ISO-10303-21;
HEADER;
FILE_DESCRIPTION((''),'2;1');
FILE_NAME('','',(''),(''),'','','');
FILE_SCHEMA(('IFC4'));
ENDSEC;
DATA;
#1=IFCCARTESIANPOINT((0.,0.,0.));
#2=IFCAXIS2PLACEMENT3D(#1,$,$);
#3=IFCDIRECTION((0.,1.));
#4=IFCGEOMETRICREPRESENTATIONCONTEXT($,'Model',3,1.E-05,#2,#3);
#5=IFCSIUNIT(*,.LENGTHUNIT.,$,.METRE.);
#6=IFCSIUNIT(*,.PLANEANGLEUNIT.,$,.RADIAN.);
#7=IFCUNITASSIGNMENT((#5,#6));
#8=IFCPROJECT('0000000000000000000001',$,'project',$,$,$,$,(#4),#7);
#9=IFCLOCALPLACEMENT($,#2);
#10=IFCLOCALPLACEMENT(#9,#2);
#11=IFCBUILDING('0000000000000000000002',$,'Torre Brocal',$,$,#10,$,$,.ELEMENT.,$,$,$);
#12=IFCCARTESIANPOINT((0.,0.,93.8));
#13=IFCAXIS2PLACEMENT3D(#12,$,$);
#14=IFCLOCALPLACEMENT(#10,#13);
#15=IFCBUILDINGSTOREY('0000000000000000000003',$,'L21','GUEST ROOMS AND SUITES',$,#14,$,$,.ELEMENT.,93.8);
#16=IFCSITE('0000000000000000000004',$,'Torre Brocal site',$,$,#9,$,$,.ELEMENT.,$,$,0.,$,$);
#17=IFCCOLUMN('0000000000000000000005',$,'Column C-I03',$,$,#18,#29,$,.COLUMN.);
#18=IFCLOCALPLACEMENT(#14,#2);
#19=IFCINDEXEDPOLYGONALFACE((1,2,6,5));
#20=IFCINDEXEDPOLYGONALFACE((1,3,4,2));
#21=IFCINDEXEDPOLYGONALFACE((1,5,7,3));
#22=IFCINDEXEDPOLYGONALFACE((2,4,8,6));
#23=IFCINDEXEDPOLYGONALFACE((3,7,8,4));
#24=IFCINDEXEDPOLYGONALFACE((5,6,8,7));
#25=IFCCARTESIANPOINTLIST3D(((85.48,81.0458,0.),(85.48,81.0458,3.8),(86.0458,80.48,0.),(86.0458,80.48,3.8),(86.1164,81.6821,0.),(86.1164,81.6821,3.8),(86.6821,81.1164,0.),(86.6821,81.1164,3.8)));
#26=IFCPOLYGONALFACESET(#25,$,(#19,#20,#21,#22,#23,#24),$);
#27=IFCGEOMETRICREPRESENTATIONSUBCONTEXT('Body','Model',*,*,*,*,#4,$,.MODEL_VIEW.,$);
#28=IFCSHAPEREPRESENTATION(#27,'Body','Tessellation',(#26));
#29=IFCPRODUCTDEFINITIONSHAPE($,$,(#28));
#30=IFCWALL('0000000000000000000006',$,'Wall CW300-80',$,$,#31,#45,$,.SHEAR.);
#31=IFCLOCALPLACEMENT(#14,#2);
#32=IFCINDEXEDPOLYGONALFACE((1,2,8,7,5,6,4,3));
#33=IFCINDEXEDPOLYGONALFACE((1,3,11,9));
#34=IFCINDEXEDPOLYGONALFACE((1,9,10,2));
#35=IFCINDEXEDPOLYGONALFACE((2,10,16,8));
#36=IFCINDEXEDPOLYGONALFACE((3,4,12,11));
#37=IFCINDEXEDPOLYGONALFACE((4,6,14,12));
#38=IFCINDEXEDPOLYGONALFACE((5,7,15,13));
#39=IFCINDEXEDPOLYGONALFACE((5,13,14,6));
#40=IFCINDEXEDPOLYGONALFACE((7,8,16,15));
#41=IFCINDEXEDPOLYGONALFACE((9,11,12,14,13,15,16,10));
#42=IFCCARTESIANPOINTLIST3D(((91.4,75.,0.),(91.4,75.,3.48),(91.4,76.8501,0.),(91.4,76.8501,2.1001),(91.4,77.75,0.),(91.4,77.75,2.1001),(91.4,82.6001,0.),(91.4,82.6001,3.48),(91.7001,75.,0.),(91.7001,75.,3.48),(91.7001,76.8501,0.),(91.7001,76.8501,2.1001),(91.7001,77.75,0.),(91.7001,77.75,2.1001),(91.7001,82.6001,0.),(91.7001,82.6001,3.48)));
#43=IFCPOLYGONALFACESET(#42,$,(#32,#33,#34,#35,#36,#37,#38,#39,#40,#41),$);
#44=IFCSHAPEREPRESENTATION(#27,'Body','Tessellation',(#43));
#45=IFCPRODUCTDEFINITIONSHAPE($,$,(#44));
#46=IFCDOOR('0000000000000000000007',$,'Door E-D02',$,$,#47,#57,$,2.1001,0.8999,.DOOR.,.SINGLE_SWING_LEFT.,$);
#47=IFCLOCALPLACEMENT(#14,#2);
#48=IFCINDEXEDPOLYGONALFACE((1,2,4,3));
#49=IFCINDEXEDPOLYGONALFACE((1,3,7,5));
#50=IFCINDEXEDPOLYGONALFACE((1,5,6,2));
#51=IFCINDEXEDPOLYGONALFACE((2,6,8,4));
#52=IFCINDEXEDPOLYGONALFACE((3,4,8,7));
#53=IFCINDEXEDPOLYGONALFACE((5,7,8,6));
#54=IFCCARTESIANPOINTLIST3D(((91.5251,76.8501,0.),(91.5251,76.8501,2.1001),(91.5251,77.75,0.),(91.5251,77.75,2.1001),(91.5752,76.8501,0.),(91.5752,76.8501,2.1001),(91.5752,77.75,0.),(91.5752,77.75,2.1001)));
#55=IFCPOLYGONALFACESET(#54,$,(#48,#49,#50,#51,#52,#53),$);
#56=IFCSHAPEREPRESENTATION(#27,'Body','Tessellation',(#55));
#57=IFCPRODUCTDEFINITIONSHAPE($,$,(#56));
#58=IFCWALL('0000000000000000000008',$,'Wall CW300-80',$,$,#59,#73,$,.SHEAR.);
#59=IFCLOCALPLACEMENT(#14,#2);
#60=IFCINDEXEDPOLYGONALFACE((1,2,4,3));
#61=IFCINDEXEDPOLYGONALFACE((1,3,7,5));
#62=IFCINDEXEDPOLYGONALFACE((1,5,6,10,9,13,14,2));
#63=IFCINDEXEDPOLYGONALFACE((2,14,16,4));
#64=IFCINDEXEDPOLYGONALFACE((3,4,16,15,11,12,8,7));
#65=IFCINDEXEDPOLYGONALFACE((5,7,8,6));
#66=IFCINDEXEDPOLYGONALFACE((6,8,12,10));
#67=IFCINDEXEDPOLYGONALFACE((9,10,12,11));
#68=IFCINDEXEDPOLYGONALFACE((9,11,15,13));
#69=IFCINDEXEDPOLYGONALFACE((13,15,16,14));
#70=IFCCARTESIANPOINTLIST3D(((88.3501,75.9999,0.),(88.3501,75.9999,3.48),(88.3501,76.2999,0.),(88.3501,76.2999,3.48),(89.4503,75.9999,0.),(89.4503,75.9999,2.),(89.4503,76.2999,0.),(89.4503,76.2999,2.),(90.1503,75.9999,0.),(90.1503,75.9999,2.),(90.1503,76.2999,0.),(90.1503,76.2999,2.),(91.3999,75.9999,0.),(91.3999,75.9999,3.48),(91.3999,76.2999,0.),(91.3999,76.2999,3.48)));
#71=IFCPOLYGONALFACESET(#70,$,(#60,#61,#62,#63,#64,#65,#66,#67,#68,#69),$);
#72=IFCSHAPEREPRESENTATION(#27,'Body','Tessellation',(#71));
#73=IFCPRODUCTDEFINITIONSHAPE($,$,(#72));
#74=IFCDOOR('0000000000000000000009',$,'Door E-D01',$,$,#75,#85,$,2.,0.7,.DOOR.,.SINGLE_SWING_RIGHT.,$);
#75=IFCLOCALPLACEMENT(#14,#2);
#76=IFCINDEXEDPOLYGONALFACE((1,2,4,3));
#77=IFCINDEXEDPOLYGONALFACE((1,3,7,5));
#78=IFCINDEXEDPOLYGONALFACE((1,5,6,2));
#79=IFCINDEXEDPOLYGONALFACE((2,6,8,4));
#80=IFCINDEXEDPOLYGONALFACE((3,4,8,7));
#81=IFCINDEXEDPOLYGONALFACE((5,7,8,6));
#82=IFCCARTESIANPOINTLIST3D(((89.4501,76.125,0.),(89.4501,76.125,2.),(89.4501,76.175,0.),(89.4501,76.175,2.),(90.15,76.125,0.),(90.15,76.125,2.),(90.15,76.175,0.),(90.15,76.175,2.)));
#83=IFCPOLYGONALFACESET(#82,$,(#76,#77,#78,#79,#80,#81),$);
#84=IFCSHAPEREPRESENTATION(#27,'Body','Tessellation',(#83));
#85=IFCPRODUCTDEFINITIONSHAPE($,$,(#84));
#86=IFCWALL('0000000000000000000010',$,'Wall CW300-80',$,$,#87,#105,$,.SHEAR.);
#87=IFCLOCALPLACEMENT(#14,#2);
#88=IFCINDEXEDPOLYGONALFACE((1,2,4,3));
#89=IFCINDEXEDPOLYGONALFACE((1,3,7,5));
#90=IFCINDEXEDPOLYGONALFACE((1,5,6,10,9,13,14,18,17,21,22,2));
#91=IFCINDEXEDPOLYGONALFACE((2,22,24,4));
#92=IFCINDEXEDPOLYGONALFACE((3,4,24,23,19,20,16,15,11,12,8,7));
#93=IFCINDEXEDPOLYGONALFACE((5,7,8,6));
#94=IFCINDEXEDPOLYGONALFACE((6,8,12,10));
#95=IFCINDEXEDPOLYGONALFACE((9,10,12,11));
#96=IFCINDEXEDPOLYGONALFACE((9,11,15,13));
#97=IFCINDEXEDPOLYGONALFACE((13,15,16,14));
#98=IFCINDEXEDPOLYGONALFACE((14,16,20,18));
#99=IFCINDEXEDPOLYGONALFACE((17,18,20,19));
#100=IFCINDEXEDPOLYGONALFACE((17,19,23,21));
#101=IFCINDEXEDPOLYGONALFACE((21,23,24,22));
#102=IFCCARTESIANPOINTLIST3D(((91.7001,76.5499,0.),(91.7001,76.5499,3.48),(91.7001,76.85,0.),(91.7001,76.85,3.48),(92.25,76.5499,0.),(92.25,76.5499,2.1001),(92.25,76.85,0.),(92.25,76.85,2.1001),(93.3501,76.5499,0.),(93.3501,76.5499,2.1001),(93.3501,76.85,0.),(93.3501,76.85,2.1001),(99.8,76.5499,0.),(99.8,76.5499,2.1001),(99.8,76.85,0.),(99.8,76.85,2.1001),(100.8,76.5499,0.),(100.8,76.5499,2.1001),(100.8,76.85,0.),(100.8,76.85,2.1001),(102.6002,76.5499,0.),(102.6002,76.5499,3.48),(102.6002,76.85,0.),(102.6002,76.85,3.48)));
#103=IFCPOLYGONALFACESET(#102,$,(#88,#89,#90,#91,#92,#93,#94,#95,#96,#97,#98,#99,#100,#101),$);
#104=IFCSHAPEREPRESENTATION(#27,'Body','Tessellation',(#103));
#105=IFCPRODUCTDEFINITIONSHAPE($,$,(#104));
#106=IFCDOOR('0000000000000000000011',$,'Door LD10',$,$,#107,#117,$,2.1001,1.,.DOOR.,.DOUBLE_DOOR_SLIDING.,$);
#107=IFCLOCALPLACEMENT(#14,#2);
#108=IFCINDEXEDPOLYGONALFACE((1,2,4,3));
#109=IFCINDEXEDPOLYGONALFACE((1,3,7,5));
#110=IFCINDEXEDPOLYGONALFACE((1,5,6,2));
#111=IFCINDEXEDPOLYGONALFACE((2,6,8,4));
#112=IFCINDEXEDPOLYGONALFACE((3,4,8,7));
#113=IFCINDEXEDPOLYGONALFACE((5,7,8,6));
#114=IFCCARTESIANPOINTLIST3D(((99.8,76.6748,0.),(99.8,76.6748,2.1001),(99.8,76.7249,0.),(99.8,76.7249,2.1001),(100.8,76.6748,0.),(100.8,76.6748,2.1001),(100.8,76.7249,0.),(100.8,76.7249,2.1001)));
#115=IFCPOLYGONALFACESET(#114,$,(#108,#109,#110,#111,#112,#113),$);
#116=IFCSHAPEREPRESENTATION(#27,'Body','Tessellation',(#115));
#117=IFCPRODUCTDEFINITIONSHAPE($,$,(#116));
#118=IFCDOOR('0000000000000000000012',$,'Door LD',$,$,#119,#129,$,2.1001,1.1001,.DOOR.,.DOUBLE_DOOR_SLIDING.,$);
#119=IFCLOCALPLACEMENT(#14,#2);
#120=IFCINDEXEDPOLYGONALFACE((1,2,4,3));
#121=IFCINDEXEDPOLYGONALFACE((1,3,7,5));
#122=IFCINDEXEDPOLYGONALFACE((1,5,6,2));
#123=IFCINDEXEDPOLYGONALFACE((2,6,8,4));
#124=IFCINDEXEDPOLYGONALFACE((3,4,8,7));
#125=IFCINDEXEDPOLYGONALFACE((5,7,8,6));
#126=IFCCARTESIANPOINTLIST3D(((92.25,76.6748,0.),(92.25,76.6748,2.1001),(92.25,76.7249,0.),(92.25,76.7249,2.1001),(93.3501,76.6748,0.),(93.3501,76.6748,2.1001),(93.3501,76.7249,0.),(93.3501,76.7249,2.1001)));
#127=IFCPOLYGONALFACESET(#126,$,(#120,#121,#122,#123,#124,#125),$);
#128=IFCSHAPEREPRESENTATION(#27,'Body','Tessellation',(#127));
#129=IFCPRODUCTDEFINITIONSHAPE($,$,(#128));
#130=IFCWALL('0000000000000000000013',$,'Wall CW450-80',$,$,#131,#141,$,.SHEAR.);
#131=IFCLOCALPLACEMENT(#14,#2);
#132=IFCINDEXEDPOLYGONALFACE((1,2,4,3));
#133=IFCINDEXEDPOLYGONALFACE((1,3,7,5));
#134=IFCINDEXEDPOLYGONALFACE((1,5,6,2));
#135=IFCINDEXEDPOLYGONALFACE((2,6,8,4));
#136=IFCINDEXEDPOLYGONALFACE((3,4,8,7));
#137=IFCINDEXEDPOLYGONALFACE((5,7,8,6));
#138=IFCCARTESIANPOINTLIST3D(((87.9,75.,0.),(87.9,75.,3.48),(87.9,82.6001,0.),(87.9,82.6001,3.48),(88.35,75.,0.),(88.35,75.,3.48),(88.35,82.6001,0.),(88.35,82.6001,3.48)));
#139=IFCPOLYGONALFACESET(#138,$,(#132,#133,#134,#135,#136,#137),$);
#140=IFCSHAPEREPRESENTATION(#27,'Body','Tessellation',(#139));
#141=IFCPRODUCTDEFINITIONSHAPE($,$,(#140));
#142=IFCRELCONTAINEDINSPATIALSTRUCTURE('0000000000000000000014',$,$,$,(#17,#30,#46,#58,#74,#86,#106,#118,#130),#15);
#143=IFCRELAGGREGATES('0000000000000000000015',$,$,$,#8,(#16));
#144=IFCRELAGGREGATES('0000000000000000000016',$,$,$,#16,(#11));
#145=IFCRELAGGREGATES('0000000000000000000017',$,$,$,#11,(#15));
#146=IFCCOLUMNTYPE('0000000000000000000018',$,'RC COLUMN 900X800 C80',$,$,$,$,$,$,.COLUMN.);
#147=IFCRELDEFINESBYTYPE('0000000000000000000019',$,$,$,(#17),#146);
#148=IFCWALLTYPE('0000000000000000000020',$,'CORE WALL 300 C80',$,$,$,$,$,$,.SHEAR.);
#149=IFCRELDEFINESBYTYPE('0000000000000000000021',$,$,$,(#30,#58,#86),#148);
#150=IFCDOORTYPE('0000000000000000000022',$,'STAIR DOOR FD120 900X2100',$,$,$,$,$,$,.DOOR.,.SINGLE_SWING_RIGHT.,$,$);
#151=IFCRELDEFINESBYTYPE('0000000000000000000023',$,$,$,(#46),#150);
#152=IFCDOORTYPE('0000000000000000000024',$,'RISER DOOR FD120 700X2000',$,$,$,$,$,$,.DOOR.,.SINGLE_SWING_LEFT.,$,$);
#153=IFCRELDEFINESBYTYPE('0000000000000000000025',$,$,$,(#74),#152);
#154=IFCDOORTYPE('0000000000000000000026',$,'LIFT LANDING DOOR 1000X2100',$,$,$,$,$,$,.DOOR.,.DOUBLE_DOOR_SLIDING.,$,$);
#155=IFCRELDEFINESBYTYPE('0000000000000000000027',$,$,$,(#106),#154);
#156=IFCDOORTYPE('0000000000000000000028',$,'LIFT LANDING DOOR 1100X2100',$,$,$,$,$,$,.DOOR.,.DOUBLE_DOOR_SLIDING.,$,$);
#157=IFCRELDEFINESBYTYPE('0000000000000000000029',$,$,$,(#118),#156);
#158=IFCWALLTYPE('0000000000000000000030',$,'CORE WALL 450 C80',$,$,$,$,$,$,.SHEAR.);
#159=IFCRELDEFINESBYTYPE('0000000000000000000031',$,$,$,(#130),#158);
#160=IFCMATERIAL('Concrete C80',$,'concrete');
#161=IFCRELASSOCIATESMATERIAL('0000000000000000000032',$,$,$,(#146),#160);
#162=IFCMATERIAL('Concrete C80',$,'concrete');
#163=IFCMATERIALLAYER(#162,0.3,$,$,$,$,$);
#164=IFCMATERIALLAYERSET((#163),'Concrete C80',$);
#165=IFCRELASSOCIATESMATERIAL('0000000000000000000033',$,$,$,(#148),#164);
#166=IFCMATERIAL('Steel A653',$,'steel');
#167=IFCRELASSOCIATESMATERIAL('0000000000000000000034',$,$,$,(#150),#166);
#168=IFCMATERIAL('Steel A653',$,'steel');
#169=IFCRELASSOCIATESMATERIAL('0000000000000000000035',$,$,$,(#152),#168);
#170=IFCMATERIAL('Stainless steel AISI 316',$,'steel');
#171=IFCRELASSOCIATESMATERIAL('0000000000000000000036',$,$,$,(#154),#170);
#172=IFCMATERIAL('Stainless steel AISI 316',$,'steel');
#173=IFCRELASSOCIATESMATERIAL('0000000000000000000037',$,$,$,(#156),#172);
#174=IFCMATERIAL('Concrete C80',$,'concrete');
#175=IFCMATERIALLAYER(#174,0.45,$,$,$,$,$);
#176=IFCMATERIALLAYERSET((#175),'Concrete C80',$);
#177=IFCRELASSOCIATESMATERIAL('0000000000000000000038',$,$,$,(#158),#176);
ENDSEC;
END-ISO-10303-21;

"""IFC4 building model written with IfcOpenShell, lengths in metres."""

from ifc_helpers import new_model, si_unit, direction, frame, frame_2d, origin, origin_2d, place, context, subcontext, project, spatial, rectangle, extrude, material, layer, layer_set, material_profile, profile_set, type_object, element, fill, save


model = new_model("IFC4")

# Units and contexts
model_context = context("Model", 3, precision=1e-05, world=origin(), true_north=direction((0.0, 1.0)))
body_context = subcontext(model_context, "Body", "Model", "MODEL_VIEW")
ifc_project = project(units=[si_unit("LENGTHUNIT", "METRE"), si_unit("PLANEANGLEUNIT", "RADIAN")], contexts=[model_context])

# Site, building, storey
site_placement = place(None, origin())
site = spatial("IfcSite", under=ifc_project, at=site_placement, Name="Torre Brocal site", CompositionType="ELEMENT", RefElevation=0.0)
building_placement = place(site_placement, origin())
building = spatial("IfcBuilding", under=site, at=building_placement, Name="Torre Brocal", CompositionType="ELEMENT")
storey_placement = place(building_placement, frame((0.0, 0.0, 93.8)))
storey = spatial("IfcBuildingStorey", under=building, at=storey_placement, Name="L21", Description="GUEST ROOMS AND SUITES", CompositionType="ELEMENT", Elevation=93.8)

# Column
ifc_material_1 = material(Name="Concrete C80", Category="concrete")
ifc_material_profile = material_profile(ifc_material_1, rectangle(XDim=0.8999, YDim=0.8, at=origin_2d()), Name="RC 900X800")
ifc_profile_set = profile_set([ifc_material_profile], Name="Concrete C80")
column_type = type_object("IfcColumnType", Name="RC COLUMN 900X800 C80", PredefinedType="COLUMN", material=ifc_profile_set)
column_placement = place(storey_placement, frame((86.0811, 81.0811, 0.0), z_axis=(0.0, 0.0, 1.0), x_axis=(0.707107, 0.707107, 0.0)))
element("IfcColumn", 1, at=column_placement, inside=storey, type_object=column_type, Name="Column C-I03", PredefinedType="COLUMN", context=body_context, shape_type="SweptSolid", body=[
    extrude(rectangle(XDim=0.8999, YDim=0.8, at=origin_2d()), origin(), (0.0, 0.0, 1.0), 3.8),
])

# Walls, openings, doors
ifc_material_2 = material(Name="Concrete C80", Category="concrete")
ifc_layer_1 = layer(ifc_material_2, 0.3)
ifc_layer_set_1 = layer_set([ifc_layer_1], Name="Concrete C80")
wall_type_1 = type_object("IfcWallType", Name="CORE WALL 300 C80", PredefinedType="SHEAR", material=ifc_layer_set_1)
wall_1_placement = place(storey_placement, frame((91.55, 75.0, 0.0), z_axis=(0.0, 0.0, 1.0), x_axis=(0.0, 1.0, 0.0)))
wall_1 = element("IfcWall", 2, at=wall_1_placement, inside=storey, type_object=wall_type_1, Name="Wall CW300-80", PredefinedType="SHEAR", context=body_context, shape_type="SweptSolid", body=[
    extrude(rectangle(XDim=7.6001, YDim=0.3, at=frame_2d((3.8, 0.0))), origin(), (0.0, 0.0, 1.0), 3.48),
])
opening_1_placement = place(wall_1_placement, frame((1.8501, 0.0, 0.0)))
opening_1 = element("IfcOpeningElement", 3, at=opening_1_placement, cuts=wall_1, PredefinedType="OPENING", context=body_context, shape_type="SweptSolid", body=[
    extrude(rectangle(XDim=0.8999, YDim=2.1001, at=frame_2d((0.45, 1.05))), frame((0.0, 0.1599, 0.0), z_axis=(0.0, -1.0, 0.0), x_axis=(1.0, 0.0, 0.0)), (0.0, 0.0, 1.0), 0.3201),
])
ifc_material_3 = material(Name="Steel A653", Category="steel")
door_type_1 = type_object("IfcDoorType", Name="STAIR DOOR FD120 900X2100", OperationType="SINGLE_SWING_RIGHT", PredefinedType="DOOR", material=ifc_material_3)
door_1_placement = place(opening_1_placement, origin())
door_1 = element("IfcDoor", 4, at=door_1_placement, inside=storey, type_object=door_type_1, Name="Door E-D02", OperationType="SINGLE_SWING_LEFT", OverallHeight=2.1001, OverallWidth=0.8999, PredefinedType="DOOR", context=body_context, shape_type="SweptSolid", body=[
    extrude(rectangle(XDim=0.8999, YDim=2.1001, at=frame_2d((0.45, 1.05))), frame((0.0, 0.0249, 0.0), z_axis=(0.0, -1.0, 0.0), x_axis=(1.0, 0.0, 0.0)), (0.0, 0.0, 1.0), 0.05),
])
fill(opening_1, door_1)
wall_2_placement = place(storey_placement, frame((88.3501, 76.1499, 0.0), z_axis=(0.0, 0.0, 1.0), x_axis=(1.0, 0.0, 0.0)))
wall_2 = element("IfcWall", 5, at=wall_2_placement, inside=storey, type_object=wall_type_1, Name="Wall CW300-80", PredefinedType="SHEAR", context=body_context, shape_type="SweptSolid", body=[
    extrude(rectangle(XDim=3.0498, YDim=0.3, at=frame_2d((1.5249, 0.0))), origin(), (0.0, 0.0, 1.0), 3.48),
])
opening_2_placement = place(wall_2_placement, frame((1.1001, 0.0, 0.0)))
opening_2 = element("IfcOpeningElement", 6, at=opening_2_placement, cuts=wall_2, PredefinedType="OPENING", context=body_context, shape_type="SweptSolid", body=[
    extrude(rectangle(XDim=0.7, YDim=2.0, at=frame_2d((0.3501, 1.0))), frame((0.0, 0.1599, 0.0), z_axis=(0.0, -1.0, 0.0), x_axis=(1.0, 0.0, 0.0)), (0.0, 0.0, 1.0), 0.3201),
])
ifc_material_4 = material(Name="Steel A653", Category="steel")
door_type_2 = type_object("IfcDoorType", Name="RISER DOOR FD120 700X2000", OperationType="SINGLE_SWING_LEFT", PredefinedType="DOOR", material=ifc_material_4)
door_2_placement = place(opening_2_placement, frame((0.7, 0.0, 0.0), z_axis=(0.0, 0.0, 1.0), x_axis=(-1.0, 0.0, 0.0)))
door_2 = element("IfcDoor", 7, at=door_2_placement, inside=storey, type_object=door_type_2, Name="Door E-D01", OperationType="SINGLE_SWING_RIGHT", OverallHeight=2.0, OverallWidth=0.7, PredefinedType="DOOR", context=body_context, shape_type="SweptSolid", body=[
    extrude(rectangle(XDim=0.7, YDim=2.0, at=frame_2d((0.3501, 1.0))), frame((0.0, 0.0249, 0.0), z_axis=(0.0, -1.0, 0.0), x_axis=(1.0, 0.0, 0.0)), (0.0, 0.0, 1.0), 0.05),
])
fill(opening_2, door_2)

# Wall, openings, doors
wall_3_placement = place(storey_placement, frame((91.7, 76.7, 0.0), z_axis=(0.0, 0.0, 1.0), x_axis=(1.0, 0.0, 0.0)))
wall_3 = element("IfcWall", 8, at=wall_3_placement, inside=storey, type_object=wall_type_1, Name="Wall CW300-80", PredefinedType="SHEAR", context=body_context, shape_type="SweptSolid", body=[
    extrude(rectangle(XDim=10.9001, YDim=0.3, at=frame_2d((5.4502, 0.0))), origin(), (0.0, 0.0, 1.0), 3.48),
])
opening_3_placement = place(wall_3_placement, frame((0.55, 0.0, 0.0)))
opening_3 = element("IfcOpeningElement", 9, at=opening_3_placement, cuts=wall_3, PredefinedType="OPENING", context=body_context, shape_type="SweptSolid", body=[
    extrude(rectangle(XDim=1.1001, YDim=2.1001, at=frame_2d((0.55, 1.05))), frame((0.0, 0.1599, 0.0), z_axis=(0.0, -1.0, 0.0), x_axis=(1.0, 0.0, 0.0)), (0.0, 0.0, 1.0), 0.3201),
])
opening_4_placement = place(wall_3_placement, frame((8.1001, 0.0, 0.0)))
opening_4 = element("IfcOpeningElement", 10, at=opening_4_placement, cuts=wall_3, PredefinedType="OPENING", context=body_context, shape_type="SweptSolid", body=[
    extrude(rectangle(XDim=1.0, YDim=2.1001, at=frame_2d((0.5, 1.05))), frame((0.0, 0.1599, 0.0), z_axis=(0.0, -1.0, 0.0), x_axis=(1.0, 0.0, 0.0)), (0.0, 0.0, 1.0), 0.3201),
])
ifc_material_5 = material(Name="Stainless steel AISI 316", Category="steel")
door_type_3 = type_object("IfcDoorType", Name="LIFT LANDING DOOR 1000X2100", OperationType="DOUBLE_DOOR_SLIDING", PredefinedType="DOOR", material=ifc_material_5)
door_3_placement = place(opening_4_placement, origin())
door_3 = element("IfcDoor", 11, at=door_3_placement, inside=storey, type_object=door_type_3, Name="Door LD10", OperationType="DOUBLE_DOOR_SLIDING", OverallHeight=2.1001, OverallWidth=1.0, PredefinedType="DOOR", context=body_context, shape_type="SweptSolid", body=[
    extrude(rectangle(XDim=1.0, YDim=2.1001, at=frame_2d((0.5, 1.05))), frame((0.0, 0.0249, 0.0), z_axis=(0.0, -1.0, 0.0), x_axis=(1.0, 0.0, 0.0)), (0.0, 0.0, 1.0), 0.05),
])
fill(opening_4, door_3)
ifc_material_6 = material(Name="Stainless steel AISI 316", Category="steel")
door_type_4 = type_object("IfcDoorType", Name="LIFT LANDING DOOR 1100X2100", OperationType="DOUBLE_DOOR_SLIDING", PredefinedType="DOOR", material=ifc_material_6)
door_4_placement = place(opening_3_placement, origin())
door_4 = element("IfcDoor", 12, at=door_4_placement, inside=storey, type_object=door_type_4, Name="Door LD", OperationType="DOUBLE_DOOR_SLIDING", OverallHeight=2.1001, OverallWidth=1.1001, PredefinedType="DOOR", context=body_context, shape_type="SweptSolid", body=[
    extrude(rectangle(XDim=1.1001, YDim=2.1001, at=frame_2d((0.55, 1.05))), frame((0.0, 0.0249, 0.0), z_axis=(0.0, -1.0, 0.0), x_axis=(1.0, 0.0, 0.0)), (0.0, 0.0, 1.0), 0.05),
])
fill(opening_3, door_4)

# Wall
ifc_material_7 = material(Name="Concrete C80", Category="concrete")
ifc_layer_2 = layer(ifc_material_7, 0.45)
ifc_layer_set_2 = layer_set([ifc_layer_2], Name="Concrete C80")
wall_type_2 = type_object("IfcWallType", Name="CORE WALL 450 C80", PredefinedType="SHEAR", material=ifc_layer_set_2)
wall_4_placement = place(storey_placement, frame((88.125, 75.0, 0.0), z_axis=(0.0, 0.0, 1.0), x_axis=(0.0, 1.0, 0.0)))
element("IfcWall", 13, at=wall_4_placement, inside=storey, type_object=wall_type_2, Name="Wall CW450-80", PredefinedType="SHEAR", context=body_context, shape_type="SweptSolid", body=[
    extrude(rectangle(XDim=7.6001, YDim=0.45, at=frame_2d((3.8, 0.0))), origin(), (0.0, 0.0, 1.0), 3.48),
])

save(model, "model.ifc")
